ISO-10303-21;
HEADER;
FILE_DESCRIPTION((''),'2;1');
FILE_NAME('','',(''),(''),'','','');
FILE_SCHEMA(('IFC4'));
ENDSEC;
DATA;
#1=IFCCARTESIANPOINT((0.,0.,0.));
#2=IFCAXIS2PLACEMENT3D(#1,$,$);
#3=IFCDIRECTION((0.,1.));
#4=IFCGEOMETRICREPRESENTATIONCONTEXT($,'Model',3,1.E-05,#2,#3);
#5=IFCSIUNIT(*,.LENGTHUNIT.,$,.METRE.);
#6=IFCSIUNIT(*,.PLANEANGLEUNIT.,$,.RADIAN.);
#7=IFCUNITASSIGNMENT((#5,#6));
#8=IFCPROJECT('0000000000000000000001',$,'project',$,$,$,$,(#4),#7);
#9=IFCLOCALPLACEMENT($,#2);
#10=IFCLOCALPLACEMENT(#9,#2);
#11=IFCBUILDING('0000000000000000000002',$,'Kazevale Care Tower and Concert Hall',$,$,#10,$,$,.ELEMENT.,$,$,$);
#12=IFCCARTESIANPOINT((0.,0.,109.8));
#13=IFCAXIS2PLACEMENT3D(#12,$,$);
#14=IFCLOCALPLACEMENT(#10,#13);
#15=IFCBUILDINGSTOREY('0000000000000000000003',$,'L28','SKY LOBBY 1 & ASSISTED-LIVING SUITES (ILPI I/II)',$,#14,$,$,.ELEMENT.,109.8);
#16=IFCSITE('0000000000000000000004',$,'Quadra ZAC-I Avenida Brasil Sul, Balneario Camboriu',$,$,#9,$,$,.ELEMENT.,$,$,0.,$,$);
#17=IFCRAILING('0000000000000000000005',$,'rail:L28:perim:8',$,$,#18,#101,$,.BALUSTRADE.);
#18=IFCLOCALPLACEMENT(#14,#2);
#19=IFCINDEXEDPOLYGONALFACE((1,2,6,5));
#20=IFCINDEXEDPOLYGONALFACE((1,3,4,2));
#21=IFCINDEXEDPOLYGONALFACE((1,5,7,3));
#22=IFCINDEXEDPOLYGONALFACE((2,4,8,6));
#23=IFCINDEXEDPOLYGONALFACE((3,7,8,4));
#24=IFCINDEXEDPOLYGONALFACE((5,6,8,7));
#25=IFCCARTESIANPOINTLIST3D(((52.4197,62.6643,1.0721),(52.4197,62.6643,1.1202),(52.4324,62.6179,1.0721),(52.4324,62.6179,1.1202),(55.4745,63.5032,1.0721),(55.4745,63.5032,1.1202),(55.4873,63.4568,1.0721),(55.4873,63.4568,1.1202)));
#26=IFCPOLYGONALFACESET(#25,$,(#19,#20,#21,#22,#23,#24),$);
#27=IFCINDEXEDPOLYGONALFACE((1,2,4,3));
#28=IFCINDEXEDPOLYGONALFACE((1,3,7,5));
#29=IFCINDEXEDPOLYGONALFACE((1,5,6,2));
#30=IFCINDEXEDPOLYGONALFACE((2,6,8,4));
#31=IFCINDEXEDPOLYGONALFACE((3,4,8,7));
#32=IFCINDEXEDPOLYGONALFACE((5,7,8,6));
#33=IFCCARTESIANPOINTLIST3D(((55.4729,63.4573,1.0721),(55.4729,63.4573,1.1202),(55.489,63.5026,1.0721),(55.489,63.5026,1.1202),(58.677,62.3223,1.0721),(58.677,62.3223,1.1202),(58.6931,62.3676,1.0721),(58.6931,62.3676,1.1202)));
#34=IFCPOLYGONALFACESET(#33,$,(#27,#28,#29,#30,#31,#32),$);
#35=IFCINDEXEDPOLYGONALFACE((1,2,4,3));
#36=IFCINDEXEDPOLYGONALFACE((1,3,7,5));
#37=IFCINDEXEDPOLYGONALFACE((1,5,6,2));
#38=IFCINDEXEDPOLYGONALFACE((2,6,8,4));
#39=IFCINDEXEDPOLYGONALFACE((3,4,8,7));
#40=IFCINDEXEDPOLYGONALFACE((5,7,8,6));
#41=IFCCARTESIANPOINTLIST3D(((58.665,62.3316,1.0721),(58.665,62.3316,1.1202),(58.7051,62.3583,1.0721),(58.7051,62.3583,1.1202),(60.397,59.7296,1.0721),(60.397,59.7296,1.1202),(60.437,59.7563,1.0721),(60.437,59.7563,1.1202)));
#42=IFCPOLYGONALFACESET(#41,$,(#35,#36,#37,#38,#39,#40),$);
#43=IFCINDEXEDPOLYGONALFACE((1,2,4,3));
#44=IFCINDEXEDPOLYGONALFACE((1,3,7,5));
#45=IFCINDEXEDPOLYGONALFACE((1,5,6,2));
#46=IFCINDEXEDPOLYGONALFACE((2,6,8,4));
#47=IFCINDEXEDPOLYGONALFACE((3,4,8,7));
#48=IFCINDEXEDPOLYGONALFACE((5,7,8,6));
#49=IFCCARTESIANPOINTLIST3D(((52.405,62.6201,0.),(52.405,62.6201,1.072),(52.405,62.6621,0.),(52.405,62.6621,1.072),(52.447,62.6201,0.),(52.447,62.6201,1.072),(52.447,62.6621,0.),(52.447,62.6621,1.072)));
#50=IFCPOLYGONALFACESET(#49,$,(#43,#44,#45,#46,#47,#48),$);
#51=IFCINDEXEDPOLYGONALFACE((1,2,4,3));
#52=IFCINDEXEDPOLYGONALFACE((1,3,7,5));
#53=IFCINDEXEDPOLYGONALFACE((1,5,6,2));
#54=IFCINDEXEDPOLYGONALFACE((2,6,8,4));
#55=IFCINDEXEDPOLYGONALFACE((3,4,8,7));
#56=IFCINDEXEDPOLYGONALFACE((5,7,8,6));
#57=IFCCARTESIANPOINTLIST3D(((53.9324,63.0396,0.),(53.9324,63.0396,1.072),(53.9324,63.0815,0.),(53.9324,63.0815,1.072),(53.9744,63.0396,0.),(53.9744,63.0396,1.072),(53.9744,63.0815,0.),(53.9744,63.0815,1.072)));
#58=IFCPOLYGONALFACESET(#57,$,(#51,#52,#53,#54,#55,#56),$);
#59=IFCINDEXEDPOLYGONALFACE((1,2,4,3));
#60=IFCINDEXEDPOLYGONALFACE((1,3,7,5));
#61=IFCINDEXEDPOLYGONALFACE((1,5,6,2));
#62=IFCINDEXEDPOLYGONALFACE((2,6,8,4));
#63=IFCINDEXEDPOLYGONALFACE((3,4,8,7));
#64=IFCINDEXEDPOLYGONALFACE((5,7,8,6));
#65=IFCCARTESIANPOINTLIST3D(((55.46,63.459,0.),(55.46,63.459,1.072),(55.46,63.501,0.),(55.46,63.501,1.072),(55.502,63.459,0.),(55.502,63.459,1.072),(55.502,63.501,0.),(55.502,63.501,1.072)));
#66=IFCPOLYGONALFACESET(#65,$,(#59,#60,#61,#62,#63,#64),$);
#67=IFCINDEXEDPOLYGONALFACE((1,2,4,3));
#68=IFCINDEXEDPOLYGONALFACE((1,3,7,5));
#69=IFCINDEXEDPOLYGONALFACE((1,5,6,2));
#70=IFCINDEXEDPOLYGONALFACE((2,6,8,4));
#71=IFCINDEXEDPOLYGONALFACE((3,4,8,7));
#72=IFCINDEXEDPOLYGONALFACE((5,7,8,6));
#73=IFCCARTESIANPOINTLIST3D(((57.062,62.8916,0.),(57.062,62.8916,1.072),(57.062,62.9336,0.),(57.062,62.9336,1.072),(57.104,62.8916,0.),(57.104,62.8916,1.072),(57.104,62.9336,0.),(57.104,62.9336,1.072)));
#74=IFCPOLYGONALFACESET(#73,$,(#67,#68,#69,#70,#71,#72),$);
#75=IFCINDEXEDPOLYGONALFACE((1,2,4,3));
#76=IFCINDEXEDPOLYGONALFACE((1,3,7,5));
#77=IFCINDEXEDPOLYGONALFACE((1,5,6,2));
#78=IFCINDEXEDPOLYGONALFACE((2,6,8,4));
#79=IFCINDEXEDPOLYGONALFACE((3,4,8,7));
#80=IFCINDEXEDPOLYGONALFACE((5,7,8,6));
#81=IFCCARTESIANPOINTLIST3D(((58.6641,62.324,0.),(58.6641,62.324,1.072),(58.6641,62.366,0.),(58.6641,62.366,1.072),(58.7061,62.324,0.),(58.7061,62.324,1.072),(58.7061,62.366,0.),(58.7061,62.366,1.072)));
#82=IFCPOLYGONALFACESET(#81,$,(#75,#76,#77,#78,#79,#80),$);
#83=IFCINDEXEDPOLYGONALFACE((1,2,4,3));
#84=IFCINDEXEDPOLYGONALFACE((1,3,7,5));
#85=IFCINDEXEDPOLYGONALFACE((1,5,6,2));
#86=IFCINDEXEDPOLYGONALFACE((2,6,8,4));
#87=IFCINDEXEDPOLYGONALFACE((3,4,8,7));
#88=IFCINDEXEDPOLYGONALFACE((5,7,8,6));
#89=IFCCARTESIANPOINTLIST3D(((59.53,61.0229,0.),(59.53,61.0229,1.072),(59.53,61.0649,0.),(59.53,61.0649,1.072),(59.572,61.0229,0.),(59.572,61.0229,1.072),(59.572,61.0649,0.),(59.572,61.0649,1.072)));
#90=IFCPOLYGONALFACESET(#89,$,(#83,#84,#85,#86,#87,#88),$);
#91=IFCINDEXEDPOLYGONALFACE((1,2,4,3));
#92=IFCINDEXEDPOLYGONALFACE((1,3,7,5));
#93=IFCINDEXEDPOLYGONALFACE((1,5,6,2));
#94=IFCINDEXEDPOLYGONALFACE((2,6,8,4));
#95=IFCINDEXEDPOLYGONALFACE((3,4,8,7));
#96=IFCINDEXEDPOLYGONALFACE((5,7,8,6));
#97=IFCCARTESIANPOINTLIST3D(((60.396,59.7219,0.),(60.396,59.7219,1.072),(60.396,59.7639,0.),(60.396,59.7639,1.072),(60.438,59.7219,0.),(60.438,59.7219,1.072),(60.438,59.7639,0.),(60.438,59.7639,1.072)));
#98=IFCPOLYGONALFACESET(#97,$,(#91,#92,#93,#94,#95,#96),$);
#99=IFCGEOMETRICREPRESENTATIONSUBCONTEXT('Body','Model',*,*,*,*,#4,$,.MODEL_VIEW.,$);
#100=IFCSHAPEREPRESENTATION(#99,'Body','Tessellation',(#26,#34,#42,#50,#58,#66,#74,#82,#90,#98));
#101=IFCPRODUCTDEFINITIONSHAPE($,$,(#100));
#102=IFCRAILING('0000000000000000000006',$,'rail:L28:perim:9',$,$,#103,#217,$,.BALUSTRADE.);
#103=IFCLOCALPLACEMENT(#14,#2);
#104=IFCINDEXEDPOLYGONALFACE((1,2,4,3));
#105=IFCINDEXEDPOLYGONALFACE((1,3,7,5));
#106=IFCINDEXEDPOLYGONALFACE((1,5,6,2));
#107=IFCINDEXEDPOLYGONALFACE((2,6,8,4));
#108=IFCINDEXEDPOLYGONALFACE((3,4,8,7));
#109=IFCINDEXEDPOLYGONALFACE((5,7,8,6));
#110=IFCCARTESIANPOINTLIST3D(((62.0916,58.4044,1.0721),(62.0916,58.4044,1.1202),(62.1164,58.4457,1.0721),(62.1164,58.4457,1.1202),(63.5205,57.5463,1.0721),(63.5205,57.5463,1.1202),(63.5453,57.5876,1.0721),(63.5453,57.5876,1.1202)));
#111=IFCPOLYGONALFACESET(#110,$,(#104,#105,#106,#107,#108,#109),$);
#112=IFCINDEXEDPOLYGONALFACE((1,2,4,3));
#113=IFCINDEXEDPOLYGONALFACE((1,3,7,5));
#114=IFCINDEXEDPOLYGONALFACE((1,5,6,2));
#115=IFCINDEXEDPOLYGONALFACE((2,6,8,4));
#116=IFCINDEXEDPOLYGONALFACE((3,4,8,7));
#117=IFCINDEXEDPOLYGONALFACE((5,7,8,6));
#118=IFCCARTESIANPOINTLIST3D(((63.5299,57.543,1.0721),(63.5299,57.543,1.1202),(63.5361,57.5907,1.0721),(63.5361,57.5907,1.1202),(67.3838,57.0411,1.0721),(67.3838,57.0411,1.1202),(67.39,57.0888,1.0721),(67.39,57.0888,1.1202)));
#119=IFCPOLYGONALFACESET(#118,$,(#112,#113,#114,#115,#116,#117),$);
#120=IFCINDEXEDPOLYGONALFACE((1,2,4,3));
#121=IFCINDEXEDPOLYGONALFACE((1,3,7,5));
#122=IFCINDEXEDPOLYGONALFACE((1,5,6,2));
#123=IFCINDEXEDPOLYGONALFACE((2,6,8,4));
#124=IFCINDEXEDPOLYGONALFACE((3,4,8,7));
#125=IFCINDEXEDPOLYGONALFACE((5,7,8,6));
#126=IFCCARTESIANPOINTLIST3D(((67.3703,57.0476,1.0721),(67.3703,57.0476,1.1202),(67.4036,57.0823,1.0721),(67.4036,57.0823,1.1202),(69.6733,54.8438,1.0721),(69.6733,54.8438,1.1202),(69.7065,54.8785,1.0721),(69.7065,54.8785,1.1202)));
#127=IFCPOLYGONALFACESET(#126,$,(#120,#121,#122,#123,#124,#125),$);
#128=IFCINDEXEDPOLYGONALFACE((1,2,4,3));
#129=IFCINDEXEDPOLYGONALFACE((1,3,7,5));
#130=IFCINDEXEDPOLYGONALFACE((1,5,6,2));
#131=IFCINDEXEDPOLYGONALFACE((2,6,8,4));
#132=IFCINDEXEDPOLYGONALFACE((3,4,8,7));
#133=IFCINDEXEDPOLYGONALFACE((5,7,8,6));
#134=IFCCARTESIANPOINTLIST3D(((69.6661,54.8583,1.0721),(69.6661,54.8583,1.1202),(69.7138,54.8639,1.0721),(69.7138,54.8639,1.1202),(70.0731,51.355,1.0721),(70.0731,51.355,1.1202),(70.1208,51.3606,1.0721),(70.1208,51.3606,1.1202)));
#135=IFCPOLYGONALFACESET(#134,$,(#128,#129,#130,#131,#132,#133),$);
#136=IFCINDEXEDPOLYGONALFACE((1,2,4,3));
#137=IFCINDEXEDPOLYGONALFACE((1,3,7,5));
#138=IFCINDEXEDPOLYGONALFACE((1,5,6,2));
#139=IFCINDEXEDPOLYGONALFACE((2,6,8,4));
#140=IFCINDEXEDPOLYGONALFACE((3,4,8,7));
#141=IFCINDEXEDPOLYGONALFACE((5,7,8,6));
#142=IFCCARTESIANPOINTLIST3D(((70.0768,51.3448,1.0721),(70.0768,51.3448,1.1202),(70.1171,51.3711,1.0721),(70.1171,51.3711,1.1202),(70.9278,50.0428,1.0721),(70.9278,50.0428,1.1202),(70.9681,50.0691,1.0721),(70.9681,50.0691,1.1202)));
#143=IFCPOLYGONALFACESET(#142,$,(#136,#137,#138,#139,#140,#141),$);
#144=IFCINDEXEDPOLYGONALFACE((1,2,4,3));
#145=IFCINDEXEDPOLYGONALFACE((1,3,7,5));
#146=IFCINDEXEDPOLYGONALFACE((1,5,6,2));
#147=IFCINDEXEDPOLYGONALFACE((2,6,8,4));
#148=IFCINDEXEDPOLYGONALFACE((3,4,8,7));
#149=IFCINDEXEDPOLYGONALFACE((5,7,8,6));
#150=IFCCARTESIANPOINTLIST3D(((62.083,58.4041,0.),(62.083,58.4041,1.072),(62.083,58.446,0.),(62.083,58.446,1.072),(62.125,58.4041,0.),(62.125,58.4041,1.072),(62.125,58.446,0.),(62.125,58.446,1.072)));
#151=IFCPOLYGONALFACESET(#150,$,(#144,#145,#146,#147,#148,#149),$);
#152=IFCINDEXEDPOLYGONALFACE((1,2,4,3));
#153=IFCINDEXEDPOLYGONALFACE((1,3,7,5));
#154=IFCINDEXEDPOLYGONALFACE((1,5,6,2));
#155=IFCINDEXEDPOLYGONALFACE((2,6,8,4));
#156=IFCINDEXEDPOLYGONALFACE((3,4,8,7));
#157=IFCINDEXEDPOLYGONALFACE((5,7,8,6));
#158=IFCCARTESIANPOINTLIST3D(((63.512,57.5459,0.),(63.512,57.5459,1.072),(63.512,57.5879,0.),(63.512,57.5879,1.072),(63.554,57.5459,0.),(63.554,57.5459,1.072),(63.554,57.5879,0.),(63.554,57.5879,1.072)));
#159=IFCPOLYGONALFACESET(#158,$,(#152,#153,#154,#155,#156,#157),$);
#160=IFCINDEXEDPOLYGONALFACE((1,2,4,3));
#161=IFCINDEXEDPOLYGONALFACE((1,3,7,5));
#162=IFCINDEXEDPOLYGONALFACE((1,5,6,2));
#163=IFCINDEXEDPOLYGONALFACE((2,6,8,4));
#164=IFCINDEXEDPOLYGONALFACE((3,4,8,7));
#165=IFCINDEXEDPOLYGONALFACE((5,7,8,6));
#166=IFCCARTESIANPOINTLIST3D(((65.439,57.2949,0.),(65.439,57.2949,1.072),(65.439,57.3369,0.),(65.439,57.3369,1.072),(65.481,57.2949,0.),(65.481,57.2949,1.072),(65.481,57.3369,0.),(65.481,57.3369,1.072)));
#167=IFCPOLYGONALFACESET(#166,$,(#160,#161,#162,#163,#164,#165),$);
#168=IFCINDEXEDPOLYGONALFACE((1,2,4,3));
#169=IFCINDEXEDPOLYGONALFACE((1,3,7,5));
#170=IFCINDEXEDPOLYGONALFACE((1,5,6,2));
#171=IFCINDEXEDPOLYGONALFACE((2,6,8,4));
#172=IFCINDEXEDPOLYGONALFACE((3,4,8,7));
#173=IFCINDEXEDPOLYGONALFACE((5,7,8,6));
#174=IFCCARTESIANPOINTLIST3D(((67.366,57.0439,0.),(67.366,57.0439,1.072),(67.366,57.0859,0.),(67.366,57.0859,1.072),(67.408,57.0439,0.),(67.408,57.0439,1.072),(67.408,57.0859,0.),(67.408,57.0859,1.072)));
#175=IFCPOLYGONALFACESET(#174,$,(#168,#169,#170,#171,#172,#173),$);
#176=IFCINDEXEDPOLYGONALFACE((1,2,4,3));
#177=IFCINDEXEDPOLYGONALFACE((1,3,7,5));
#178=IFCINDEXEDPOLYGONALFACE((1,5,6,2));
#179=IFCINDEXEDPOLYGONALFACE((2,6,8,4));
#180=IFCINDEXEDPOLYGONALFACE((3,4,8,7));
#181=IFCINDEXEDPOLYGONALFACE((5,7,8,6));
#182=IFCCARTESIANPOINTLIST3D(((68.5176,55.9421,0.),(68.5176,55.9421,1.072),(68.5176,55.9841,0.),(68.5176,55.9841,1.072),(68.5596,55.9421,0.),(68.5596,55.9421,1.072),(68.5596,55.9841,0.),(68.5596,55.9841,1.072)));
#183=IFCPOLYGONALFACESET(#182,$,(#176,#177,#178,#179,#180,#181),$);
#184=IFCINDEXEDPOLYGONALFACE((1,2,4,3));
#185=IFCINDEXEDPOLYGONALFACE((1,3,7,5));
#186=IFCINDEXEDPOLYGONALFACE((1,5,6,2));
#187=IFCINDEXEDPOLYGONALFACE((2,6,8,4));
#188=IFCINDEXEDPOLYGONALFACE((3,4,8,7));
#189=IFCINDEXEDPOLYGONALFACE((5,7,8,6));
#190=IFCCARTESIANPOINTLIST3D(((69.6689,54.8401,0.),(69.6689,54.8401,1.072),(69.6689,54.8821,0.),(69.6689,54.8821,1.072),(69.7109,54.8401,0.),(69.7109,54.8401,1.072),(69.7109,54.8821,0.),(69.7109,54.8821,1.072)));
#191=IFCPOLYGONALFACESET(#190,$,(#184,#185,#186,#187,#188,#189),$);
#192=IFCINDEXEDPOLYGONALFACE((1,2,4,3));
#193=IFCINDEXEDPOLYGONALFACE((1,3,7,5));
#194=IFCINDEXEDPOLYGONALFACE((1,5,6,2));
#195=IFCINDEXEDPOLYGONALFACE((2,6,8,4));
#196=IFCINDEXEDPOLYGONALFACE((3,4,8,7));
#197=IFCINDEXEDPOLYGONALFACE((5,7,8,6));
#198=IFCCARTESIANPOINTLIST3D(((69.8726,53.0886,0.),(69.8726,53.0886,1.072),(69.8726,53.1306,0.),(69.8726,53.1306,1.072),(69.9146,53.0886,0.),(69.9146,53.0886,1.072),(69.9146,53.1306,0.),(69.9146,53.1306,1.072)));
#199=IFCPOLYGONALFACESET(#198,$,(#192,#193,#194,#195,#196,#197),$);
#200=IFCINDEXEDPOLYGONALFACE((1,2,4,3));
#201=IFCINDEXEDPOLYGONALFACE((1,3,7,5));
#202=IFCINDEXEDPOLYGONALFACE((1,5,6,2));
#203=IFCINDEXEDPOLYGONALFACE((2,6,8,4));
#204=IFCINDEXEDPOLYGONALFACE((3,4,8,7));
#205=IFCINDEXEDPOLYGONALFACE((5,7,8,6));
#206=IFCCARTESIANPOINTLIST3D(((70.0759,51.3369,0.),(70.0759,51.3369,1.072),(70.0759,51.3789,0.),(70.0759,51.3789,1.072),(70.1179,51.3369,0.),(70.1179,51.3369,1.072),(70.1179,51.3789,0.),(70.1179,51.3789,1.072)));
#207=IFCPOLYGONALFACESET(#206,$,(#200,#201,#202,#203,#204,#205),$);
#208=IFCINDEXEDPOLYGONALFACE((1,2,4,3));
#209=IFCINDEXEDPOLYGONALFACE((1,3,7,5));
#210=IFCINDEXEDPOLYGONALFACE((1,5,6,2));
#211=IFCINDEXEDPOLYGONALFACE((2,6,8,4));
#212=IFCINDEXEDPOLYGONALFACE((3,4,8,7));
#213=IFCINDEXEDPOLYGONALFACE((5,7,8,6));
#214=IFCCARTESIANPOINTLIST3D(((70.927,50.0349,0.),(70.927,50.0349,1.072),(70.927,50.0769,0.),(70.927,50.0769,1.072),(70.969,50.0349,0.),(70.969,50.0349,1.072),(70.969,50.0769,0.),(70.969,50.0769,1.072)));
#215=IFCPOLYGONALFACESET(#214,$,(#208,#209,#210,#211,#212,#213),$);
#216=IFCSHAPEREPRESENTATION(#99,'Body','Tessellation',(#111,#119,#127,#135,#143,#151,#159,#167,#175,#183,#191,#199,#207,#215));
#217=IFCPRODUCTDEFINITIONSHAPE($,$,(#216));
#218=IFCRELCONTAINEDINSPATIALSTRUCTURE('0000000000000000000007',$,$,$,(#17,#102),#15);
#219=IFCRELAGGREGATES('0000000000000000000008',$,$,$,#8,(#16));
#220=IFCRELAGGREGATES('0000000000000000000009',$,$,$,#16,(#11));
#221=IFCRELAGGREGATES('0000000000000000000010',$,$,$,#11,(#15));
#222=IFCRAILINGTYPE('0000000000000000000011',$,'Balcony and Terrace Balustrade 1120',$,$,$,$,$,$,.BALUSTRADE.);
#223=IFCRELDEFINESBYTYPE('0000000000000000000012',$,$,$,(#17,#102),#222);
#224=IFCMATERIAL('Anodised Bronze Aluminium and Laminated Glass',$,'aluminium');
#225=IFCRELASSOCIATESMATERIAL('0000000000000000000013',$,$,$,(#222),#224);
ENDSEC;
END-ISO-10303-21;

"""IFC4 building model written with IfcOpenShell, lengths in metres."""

from ifc_helpers import new_model, si_unit, direction, frame, origin, origin_2d, place, context, subcontext, project, spatial, rectangle, extrude, material, type_object, element, save


model = new_model("IFC4")

# Units and contexts
model_context = context("Model", 3, precision=1e-05, world=origin(), true_north=direction((0.0, 1.0)))
body_context = subcontext(model_context, "Body", "Model", "MODEL_VIEW")
ifc_project = project(units=[si_unit("LENGTHUNIT", "METRE"), si_unit("PLANEANGLEUNIT", "RADIAN")], contexts=[model_context])

# Site, building, storey
site_placement = place(None, origin())
site = spatial("IfcSite", under=ifc_project, at=site_placement, Name="Quadra ZAC-I Avenida Brasil Sul, Balneario Camboriu", CompositionType="ELEMENT", RefElevation=0.0)
building_placement = place(site_placement, origin())
building = spatial("IfcBuilding", under=site, at=building_placement, Name="Kazevale Care Tower and Concert Hall", CompositionType="ELEMENT")
storey_placement = place(building_placement, frame((0.0, 0.0, 109.8)))
storey = spatial("IfcBuildingStorey", under=building, at=storey_placement, Name="L28", Description="SKY LOBBY 1 & ASSISTED-LIVING SUITES (ILPI I/II)", CompositionType="ELEMENT", Elevation=109.8)

# Railings
ifc_material_1 = material(Name="Anodised Bronze Aluminium and Laminated Glass", Category="aluminium")
railing_type = type_object("IfcRailingType", Name="Balcony and Terrace Balustrade 1120", PredefinedType="BALUSTRADE", material=ifc_material_1)
railing_1_placement = place(storey_placement, frame((52.426, 62.6411, 0.0)))
element("IfcRailing", 1, at=railing_1_placement, inside=storey, type_object=railing_type, Name="rail:L28:perim:8", PredefinedType="BALUSTRADE", context=body_context, shape_type="SweptSolid", body=[
    extrude(rectangle(XDim=0.0481, YDim=0.0481, at=origin_2d()), frame((0.0, 0.0, 1.0962), z_axis=(0.964305, 0.264793, 0.0), x_axis=(-0.264793, 0.964305, 0.0)), (0.0, 0.0, 1.0), 3.168),
    extrude(rectangle(XDim=0.0481, YDim=0.0481, at=origin_2d()), frame((3.0549, 0.8389, 1.0962), z_axis=(0.942607, -0.333906, 0.0), x_axis=(0.333906, 0.942607, 0.0)), (0.0, 0.0, 1.0), 3.3992),
    extrude(rectangle(XDim=0.0481, YDim=0.0481, at=origin_2d()), frame((6.259, -0.2961, 1.0962), z_axis=(0.554087, -0.832459, 0.0), x_axis=(0.832459, 0.554087, 0.0)), (0.0, 0.0, 1.0), 3.1257),
    extrude(rectangle(XDim=0.042, YDim=0.042, at=origin_2d()), origin(), (0.0, 0.0, 1.0), 1.072),
    extrude(rectangle(XDim=0.042, YDim=0.042, at=origin_2d()), frame((1.5273, 0.4194, 0.0)), (0.0, 0.0, 1.0), 1.072),
    extrude(rectangle(XDim=0.042, YDim=0.042, at=origin_2d()), frame((3.0549, 0.8389, 0.0)), (0.0, 0.0, 1.0), 1.072),
    extrude(rectangle(XDim=0.042, YDim=0.042, at=origin_2d()), frame((4.657, 0.2715, 0.0)), (0.0, 0.0, 1.0), 1.072),
    extrude(rectangle(XDim=0.042, YDim=0.042, at=origin_2d()), frame((6.259, -0.2961, 0.0)), (0.0, 0.0, 1.0), 1.072),
    extrude(rectangle(XDim=0.042, YDim=0.042, at=origin_2d()), frame((7.125, -1.5972, 0.0)), (0.0, 0.0, 1.0), 1.072),
    extrude(rectangle(XDim=0.042, YDim=0.042, at=origin_2d()), frame((7.991, -2.8982, 0.0)), (0.0, 0.0, 1.0), 1.072),
])
railing_2_placement = place(storey_placement, frame((62.104, 58.425, 0.0)))
element("IfcRailing", 2, at=railing_2_placement, inside=storey, type_object=railing_type, Name="rail:L28:perim:9", PredefinedType="BALUSTRADE", context=body_context, shape_type="SweptSolid", body=[
    extrude(rectangle(XDim=0.0481, YDim=0.0481, at=origin_2d()), frame((0.0, 0.0, 1.0962), z_axis=(0.857286, -0.51484, 0.0), x_axis=(0.51484, 0.857286, 0.0)), (0.0, 0.0, 1.0), 1.6667),
    extrude(rectangle(XDim=0.0481, YDim=0.0481, at=origin_2d()), frame((1.429, -0.8582, 1.0962), z_axis=(0.991625, -0.129151, 0.0), x_axis=(0.129151, 0.991625, 0.0)), (0.0, 0.0, 1.0), 3.8865),
    extrude(rectangle(XDim=0.0481, YDim=0.0481, at=origin_2d()), frame((5.283, -1.3601, 1.0962), z_axis=(0.722484, -0.691388, 0.0), x_axis=(0.691388, 0.722484, 0.0)), (0.0, 0.0, 1.0), 3.1875),
    extrude(rectangle(XDim=0.0481, YDim=0.0481, at=origin_2d()), frame((7.5859, -3.564, 1.0962), z_axis=(0.115399, -0.993319, 0.0), x_axis=(0.993319, 0.115399, 0.0)), (0.0, 0.0, 1.0), 3.5269),
    extrude(rectangle(XDim=0.0481, YDim=0.0481, at=origin_2d()), frame((7.9929, -7.0671, 1.0962), z_axis=(0.547144, -0.837039, 0.0), x_axis=(0.837039, 0.547144, 0.0)), (0.0, 0.0, 1.0), 1.5554),
    extrude(rectangle(XDim=0.042, YDim=0.042, at=origin_2d()), origin(), (0.0, 0.0, 1.0), 1.072),
    extrude(rectangle(XDim=0.042, YDim=0.042, at=origin_2d()), frame((1.429, -0.8582, 0.0)), (0.0, 0.0, 1.0), 1.072),
    extrude(rectangle(XDim=0.042, YDim=0.042, at=origin_2d()), frame((3.356, -1.1091, 0.0)), (0.0, 0.0, 1.0), 1.072),
    extrude(rectangle(XDim=0.042, YDim=0.042, at=origin_2d()), frame((5.283, -1.3601, 0.0)), (0.0, 0.0, 1.0), 1.072),
    extrude(rectangle(XDim=0.042, YDim=0.042, at=origin_2d()), frame((6.4346, -2.4619, 0.0)), (0.0, 0.0, 1.0), 1.072),
    extrude(rectangle(XDim=0.042, YDim=0.042, at=origin_2d()), frame((7.5859, -3.564, 0.0)), (0.0, 0.0, 1.0), 1.072),
    extrude(rectangle(XDim=0.042, YDim=0.042, at=origin_2d()), frame((7.7896, -5.3154, 0.0)), (0.0, 0.0, 1.0), 1.072),
    extrude(rectangle(XDim=0.042, YDim=0.042, at=origin_2d()), frame((7.9929, -7.0671, 0.0)), (0.0, 0.0, 1.0), 1.072),
    extrude(rectangle(XDim=0.042, YDim=0.042, at=origin_2d()), frame((8.844, -8.3691, 0.0)), (0.0, 0.0, 1.0), 1.072),
])

save(model, "model.ifc")
